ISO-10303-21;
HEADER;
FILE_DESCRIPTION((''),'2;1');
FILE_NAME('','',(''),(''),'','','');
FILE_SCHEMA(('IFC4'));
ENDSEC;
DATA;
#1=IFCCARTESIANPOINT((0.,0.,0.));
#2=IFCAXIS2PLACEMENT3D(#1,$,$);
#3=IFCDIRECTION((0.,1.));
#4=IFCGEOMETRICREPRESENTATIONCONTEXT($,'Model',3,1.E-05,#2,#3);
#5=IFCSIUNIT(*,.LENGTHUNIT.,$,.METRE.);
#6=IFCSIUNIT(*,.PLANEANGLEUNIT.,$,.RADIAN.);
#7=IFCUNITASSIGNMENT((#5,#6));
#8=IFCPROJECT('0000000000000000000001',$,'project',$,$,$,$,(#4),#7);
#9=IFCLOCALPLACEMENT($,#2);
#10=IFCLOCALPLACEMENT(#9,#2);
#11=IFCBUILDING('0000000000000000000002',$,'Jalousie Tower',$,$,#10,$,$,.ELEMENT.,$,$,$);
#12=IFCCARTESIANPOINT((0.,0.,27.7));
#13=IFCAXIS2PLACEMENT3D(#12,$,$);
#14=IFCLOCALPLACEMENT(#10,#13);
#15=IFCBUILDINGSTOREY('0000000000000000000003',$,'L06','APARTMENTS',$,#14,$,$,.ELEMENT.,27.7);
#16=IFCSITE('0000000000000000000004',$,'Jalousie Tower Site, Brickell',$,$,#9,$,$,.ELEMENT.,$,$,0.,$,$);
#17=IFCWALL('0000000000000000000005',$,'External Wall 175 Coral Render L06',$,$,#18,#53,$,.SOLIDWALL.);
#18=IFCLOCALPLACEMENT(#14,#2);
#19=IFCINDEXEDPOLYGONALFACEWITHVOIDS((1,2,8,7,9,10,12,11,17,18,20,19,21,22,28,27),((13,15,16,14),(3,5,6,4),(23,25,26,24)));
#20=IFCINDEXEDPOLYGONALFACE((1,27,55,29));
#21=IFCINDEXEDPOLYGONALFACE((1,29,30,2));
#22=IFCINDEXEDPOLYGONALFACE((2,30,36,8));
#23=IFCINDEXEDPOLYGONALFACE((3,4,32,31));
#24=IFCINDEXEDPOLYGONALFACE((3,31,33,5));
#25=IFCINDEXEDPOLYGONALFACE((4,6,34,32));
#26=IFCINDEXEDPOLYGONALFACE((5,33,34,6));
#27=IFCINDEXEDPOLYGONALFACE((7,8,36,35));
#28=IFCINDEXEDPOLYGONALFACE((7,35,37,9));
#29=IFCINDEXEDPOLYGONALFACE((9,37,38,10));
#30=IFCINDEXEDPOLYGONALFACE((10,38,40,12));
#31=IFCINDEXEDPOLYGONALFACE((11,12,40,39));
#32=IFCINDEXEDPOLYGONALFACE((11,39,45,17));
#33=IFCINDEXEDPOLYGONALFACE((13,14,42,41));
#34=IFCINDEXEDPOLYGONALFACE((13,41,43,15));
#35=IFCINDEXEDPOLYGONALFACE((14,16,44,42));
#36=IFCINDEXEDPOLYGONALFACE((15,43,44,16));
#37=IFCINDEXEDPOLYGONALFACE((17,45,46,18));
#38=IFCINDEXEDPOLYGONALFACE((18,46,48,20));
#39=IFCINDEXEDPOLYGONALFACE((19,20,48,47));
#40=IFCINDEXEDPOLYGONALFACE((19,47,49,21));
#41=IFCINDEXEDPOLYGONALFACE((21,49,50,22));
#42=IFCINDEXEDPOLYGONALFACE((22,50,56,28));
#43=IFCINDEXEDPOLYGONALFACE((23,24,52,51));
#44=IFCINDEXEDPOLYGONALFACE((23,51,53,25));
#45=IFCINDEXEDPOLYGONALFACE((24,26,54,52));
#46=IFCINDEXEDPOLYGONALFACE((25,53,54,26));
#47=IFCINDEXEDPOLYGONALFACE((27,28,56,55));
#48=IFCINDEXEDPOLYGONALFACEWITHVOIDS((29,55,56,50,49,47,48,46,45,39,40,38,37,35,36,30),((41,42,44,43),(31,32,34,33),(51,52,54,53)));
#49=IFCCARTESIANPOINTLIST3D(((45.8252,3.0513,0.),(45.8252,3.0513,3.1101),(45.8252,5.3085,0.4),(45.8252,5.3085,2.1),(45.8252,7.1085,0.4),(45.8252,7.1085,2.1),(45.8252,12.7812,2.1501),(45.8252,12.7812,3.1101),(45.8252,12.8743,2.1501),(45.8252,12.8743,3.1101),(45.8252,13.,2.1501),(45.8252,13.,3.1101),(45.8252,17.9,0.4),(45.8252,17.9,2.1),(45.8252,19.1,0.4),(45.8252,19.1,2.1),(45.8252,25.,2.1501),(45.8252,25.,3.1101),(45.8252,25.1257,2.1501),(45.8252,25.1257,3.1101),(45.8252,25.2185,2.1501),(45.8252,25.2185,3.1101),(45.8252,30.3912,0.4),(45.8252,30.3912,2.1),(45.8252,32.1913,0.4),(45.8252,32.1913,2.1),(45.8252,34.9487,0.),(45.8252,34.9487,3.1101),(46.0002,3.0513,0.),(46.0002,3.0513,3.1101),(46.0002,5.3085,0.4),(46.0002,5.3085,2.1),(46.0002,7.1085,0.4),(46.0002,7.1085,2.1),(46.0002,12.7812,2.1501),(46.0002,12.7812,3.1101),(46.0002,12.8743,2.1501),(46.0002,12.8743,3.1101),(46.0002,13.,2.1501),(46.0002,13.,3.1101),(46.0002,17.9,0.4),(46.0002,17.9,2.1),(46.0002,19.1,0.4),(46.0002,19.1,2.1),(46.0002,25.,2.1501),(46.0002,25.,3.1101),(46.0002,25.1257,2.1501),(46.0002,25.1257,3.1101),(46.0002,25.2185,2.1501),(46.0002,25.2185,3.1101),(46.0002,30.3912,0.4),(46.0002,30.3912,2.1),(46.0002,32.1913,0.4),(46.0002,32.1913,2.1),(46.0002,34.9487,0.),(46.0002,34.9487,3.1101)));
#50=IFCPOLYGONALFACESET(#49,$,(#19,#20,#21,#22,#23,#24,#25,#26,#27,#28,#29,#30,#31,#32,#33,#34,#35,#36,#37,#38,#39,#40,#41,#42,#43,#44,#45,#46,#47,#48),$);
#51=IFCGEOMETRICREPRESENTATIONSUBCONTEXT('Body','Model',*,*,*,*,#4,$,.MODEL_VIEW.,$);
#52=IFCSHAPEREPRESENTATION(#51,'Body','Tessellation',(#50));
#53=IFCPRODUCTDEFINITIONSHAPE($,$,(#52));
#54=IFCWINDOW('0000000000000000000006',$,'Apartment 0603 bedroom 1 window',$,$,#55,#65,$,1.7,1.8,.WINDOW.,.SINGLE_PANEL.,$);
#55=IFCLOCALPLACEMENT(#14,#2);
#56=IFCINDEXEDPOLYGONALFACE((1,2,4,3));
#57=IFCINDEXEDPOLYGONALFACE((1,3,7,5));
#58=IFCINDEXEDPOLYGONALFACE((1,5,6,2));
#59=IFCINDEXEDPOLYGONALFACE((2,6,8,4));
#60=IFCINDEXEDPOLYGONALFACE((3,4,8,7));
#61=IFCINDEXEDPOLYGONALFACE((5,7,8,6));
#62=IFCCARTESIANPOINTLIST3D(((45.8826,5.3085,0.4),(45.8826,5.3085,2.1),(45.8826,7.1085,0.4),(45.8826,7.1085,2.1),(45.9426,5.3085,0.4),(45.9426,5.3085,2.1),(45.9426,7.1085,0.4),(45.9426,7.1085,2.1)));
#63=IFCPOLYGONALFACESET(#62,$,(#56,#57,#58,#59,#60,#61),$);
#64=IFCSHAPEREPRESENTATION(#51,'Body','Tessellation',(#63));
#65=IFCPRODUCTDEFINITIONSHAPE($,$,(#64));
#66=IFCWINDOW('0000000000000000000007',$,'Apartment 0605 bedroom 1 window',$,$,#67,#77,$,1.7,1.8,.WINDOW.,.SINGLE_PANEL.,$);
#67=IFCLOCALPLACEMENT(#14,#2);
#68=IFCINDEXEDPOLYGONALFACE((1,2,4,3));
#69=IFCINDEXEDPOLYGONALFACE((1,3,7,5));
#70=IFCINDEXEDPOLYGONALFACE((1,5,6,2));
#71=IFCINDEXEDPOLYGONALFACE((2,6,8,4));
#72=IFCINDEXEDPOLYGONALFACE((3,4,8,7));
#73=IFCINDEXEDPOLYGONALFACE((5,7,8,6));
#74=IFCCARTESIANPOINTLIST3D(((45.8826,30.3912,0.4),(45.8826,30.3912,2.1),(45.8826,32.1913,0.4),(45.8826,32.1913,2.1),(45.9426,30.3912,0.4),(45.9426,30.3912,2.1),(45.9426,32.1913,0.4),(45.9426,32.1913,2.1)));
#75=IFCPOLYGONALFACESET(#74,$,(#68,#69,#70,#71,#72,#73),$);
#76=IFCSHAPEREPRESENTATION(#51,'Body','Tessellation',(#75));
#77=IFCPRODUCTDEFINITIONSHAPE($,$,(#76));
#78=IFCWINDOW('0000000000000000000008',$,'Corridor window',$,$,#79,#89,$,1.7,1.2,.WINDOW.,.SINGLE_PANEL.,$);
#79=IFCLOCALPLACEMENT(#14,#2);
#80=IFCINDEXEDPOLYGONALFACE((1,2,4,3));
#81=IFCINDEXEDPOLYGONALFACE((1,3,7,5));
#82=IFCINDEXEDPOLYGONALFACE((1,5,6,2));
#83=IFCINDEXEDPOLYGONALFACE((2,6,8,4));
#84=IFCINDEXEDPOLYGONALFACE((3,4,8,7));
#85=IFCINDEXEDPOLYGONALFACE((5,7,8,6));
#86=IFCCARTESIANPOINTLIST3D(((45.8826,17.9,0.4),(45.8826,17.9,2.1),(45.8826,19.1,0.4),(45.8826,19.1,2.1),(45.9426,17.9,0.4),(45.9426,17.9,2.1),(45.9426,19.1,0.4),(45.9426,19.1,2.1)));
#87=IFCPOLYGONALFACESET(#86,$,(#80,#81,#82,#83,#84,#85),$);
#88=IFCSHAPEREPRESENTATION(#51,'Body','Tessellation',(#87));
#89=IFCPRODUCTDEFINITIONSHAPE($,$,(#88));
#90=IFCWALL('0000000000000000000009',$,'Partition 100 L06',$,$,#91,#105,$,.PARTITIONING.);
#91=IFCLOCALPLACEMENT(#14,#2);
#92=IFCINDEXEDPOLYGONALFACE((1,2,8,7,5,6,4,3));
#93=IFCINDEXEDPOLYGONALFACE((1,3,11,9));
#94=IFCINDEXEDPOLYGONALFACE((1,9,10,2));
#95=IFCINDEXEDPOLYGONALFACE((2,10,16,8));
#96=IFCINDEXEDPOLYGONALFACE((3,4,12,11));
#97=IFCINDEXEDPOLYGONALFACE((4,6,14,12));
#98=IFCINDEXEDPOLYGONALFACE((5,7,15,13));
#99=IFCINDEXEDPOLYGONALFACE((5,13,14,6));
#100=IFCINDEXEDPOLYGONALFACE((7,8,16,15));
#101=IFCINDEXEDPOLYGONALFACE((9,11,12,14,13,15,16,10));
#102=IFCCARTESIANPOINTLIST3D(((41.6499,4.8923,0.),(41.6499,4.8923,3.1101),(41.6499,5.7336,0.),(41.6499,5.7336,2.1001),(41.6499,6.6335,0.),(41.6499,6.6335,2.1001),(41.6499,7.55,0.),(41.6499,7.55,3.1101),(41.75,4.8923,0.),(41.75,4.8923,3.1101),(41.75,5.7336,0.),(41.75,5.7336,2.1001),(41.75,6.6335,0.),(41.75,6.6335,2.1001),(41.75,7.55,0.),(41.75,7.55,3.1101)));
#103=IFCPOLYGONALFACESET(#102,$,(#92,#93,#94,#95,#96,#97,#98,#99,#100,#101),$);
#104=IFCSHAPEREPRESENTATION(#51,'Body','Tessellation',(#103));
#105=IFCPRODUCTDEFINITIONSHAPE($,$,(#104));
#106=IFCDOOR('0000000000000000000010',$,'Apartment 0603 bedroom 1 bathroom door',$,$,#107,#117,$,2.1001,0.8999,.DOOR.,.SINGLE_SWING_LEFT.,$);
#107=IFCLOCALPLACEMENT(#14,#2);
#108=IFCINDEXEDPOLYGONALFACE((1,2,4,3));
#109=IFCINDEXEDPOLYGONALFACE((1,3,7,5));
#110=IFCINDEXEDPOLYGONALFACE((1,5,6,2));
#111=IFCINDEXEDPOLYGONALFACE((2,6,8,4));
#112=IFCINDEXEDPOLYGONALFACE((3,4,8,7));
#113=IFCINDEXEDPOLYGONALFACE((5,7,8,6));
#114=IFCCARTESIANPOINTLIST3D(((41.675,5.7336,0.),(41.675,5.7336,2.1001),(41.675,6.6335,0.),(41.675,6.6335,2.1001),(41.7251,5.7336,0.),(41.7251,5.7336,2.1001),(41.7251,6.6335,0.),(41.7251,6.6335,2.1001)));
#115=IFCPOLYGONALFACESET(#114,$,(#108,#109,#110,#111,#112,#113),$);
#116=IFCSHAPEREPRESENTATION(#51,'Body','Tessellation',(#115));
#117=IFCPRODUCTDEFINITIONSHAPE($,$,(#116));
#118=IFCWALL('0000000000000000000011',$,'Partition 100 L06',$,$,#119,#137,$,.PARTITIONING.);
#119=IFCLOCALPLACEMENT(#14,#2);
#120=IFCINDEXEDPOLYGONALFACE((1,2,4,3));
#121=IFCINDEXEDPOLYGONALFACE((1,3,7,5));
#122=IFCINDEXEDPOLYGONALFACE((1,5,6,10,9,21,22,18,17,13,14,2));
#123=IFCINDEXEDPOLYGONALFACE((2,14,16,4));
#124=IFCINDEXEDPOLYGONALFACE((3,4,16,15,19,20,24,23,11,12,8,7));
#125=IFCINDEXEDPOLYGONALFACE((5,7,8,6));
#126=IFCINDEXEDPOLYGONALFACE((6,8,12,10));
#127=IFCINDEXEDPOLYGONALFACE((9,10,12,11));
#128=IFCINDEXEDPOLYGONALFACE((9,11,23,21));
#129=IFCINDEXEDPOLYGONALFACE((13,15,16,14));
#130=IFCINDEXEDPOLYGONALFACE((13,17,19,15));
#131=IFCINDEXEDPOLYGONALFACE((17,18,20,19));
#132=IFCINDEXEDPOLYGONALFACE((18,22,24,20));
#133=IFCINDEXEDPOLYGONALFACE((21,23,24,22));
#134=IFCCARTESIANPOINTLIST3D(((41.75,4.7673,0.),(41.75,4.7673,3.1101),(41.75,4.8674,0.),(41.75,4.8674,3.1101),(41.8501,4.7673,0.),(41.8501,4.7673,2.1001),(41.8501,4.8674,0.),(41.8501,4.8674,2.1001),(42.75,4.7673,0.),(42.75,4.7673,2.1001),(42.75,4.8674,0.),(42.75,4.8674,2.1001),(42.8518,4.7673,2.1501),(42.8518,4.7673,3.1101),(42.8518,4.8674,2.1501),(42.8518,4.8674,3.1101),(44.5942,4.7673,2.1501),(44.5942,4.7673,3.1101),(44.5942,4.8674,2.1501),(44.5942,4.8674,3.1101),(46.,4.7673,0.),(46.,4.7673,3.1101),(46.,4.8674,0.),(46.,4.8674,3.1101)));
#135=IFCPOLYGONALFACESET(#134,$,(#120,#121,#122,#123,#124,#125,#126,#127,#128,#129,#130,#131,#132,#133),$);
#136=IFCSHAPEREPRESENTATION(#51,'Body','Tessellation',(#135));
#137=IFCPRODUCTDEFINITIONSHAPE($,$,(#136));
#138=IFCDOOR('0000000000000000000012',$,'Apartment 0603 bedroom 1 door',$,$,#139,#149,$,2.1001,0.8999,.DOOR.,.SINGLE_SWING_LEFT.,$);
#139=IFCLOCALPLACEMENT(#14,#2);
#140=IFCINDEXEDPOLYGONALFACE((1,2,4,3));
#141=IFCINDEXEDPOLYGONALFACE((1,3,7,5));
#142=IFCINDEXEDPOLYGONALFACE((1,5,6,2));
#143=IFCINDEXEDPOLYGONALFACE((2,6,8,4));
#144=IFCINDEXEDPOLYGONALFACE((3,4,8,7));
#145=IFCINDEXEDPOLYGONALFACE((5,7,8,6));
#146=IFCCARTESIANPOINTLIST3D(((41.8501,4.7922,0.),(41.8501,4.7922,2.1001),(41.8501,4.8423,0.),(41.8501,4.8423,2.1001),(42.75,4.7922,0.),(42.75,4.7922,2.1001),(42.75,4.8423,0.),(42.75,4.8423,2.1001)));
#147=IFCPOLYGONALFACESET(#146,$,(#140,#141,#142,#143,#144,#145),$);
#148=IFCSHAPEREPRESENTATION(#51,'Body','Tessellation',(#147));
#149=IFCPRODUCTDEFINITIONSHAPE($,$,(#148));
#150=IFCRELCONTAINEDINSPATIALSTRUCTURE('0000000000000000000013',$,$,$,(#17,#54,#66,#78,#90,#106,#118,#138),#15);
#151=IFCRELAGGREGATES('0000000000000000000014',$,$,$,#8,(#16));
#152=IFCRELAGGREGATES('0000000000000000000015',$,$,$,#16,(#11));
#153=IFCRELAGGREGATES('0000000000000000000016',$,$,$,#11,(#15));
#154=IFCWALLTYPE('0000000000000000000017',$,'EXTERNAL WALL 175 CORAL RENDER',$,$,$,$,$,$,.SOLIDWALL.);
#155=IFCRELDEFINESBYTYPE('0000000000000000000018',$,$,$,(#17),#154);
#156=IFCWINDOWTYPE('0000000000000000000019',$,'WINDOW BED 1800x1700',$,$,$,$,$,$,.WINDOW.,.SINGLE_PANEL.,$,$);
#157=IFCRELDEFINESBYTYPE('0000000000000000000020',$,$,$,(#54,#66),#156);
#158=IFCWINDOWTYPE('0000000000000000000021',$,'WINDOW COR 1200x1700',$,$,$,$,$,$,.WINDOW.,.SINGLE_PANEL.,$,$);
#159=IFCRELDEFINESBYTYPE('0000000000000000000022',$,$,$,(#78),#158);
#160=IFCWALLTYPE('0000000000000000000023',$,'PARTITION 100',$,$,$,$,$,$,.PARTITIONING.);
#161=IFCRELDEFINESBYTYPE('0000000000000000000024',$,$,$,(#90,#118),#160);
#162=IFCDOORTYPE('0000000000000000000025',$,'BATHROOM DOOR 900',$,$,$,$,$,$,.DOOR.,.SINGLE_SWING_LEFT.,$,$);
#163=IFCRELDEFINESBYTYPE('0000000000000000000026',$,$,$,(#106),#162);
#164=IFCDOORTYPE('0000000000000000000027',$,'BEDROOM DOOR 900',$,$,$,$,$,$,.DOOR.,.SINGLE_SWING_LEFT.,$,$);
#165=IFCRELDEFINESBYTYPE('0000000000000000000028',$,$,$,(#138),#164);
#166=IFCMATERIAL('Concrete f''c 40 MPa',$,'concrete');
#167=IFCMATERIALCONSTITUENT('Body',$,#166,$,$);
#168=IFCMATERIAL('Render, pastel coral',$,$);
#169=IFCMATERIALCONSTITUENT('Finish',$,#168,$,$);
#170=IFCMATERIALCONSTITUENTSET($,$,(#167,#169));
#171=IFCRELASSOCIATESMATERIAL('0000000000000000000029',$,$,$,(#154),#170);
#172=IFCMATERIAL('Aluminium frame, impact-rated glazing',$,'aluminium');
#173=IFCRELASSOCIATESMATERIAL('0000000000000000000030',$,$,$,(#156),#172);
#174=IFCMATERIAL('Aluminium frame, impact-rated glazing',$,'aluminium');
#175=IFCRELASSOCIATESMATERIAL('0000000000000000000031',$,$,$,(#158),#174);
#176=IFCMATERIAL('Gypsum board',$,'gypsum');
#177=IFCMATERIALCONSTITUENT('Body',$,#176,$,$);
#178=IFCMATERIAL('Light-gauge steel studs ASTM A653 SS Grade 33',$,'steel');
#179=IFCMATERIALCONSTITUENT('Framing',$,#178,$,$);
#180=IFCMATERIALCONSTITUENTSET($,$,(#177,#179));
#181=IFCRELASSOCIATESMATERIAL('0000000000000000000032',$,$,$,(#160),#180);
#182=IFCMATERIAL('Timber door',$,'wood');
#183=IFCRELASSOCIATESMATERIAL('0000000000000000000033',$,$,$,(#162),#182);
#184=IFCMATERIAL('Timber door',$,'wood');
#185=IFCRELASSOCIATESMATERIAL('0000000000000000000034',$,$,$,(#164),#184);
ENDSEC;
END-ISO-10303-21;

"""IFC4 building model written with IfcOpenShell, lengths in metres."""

from ifc_helpers import new_model, si_unit, direction, frame, frame_2d, origin, place, context, subcontext, project, spatial, polyline, rectangle, outline, extrude, material, constituent, constituent_set, type_object, element, fill, save


model = new_model("IFC4")

# Units and contexts
model_context = context("Model", 3, precision=1e-05, world=origin(), true_north=direction((0.0, 1.0)))
body_context = subcontext(model_context, "Body", "Model", "MODEL_VIEW")
ifc_project = project(units=[si_unit("LENGTHUNIT", "METRE"), si_unit("PLANEANGLEUNIT", "RADIAN")], contexts=[model_context])

# Site, building, storey
site_placement = place(None, origin())
site = spatial("IfcSite", under=ifc_project, at=site_placement, Name="Jalousie Tower Site, Brickell", CompositionType="ELEMENT", RefElevation=0.0)
building_placement = place(site_placement, origin())
building = spatial("IfcBuilding", under=site, at=building_placement, Name="Jalousie Tower", CompositionType="ELEMENT")
storey_placement = place(building_placement, frame((0.0, 0.0, 27.7)))
storey = spatial("IfcBuildingStorey", under=building, at=storey_placement, Name="L06", Description="APARTMENTS", CompositionType="ELEMENT", Elevation=27.7)

# Wall, openings, windows
ifc_material_1 = material(Name="Concrete f'c 40 MPa", Category="concrete")
ifc_constituent_1 = constituent(ifc_material_1, Name="Body")
ifc_material_2 = material(Name="Render, pastel coral")
ifc_constituent_2 = constituent(ifc_material_2, Name="Finish")
ifc_constituent_set_1 = constituent_set(constituents=[ifc_constituent_1, ifc_constituent_2])
wall_type_1 = type_object("IfcWallType", Name="EXTERNAL WALL 175 CORAL RENDER", PredefinedType="SOLIDWALL", material=ifc_constituent_set_1)
wall_1_placement = place(storey_placement, frame((45.9126, 3.0513, 0.0), z_axis=(0.0, 0.0, 1.0), x_axis=(0.0, 1.0, 0.0)))
wall_1 = element("IfcWall", 1, at=wall_1_placement, inside=storey, type_object=wall_type_1, Name="External Wall 175 Coral Render L06", PredefinedType="SOLIDWALL", context=body_context, shape_type="SweptSolid", body=[
    extrude(outline(polyline([(0.0, 0.0), (31.8975, 0.0), (31.8975, 3.1101), (22.1672, 3.1101), (22.1672, 2.1501), (22.0745, 2.1501), (22.0745, 3.1101), (21.9487, 3.1101), (21.9487, 2.1501), (9.9487, 2.1501), (9.9487, 3.1101), (9.823, 3.1101), (9.823, 2.1501), (9.73, 2.1501), (9.73, 3.1101), (0.0, 3.1101), (0.0, 0.0)])), frame((0.0, 0.0874, 0.0), z_axis=(0.0, -1.0, 0.0), x_axis=(1.0, 0.0, 0.0)), (0.0, 0.0, 1.0), 0.175),
])
opening_1_placement = place(wall_1_placement, frame((2.2573, 0.0, 0.3999)))
opening_1 = element("IfcOpeningElement", 2, at=opening_1_placement, cuts=wall_1, PredefinedType="OPENING", context=body_context, shape_type="SweptSolid", body=[
    extrude(rectangle(XDim=1.8, YDim=1.7, at=frame_2d((0.8999, 0.8501))), frame((0.0, 0.0974, 0.0), z_axis=(0.0, -1.0, 0.0), x_axis=(1.0, 0.0, 0.0)), (0.0, 0.0, 1.0), 0.1951),
])
opening_2_placement = place(wall_1_placement, frame((14.8486, 0.0, 0.3999)))
opening_2 = element("IfcOpeningElement", 3, at=opening_2_placement, cuts=wall_1, PredefinedType="OPENING", context=body_context, shape_type="SweptSolid", body=[
    extrude(rectangle(XDim=1.2, YDim=1.7, at=frame_2d((0.6001, 0.8501))), frame((0.0, 0.0974, 0.0), z_axis=(0.0, -1.0, 0.0), x_axis=(1.0, 0.0, 0.0)), (0.0, 0.0, 1.0), 0.1951),
])
opening_3_placement = place(wall_1_placement, frame((27.3401, 0.0, 0.3999)))
opening_3 = element("IfcOpeningElement", 4, at=opening_3_placement, cuts=wall_1, PredefinedType="OPENING", context=body_context, shape_type="SweptSolid", body=[
    extrude(rectangle(XDim=1.8, YDim=1.7, at=frame_2d((0.8999, 0.8501))), frame((0.0, 0.0974, 0.0), z_axis=(0.0, -1.0, 0.0), x_axis=(1.0, 0.0, 0.0)), (0.0, 0.0, 1.0), 0.1951),
])
ifc_material_3 = material(Name="Aluminium frame, impact-rated glazing", Category="aluminium")
window_type_1 = type_object("IfcWindowType", Name="WINDOW BED 1800x1700", PartitioningType="SINGLE_PANEL", PredefinedType="WINDOW", material=ifc_material_3)
window_1_placement = place(opening_1_placement, origin())
window_1 = element("IfcWindow", 5, at=window_1_placement, inside=storey, type_object=window_type_1, Name="Apartment 0603 bedroom 1 window", OverallHeight=1.7, OverallWidth=1.8, PartitioningType="SINGLE_PANEL", PredefinedType="WINDOW", context=body_context, shape_type="SweptSolid", body=[
    extrude(rectangle(XDim=1.8, YDim=1.7, at=frame_2d((0.8999, 0.8501))), frame((0.0, 0.03, 0.0), z_axis=(0.0, -1.0, 0.0), x_axis=(1.0, 0.0, 0.0)), (0.0, 0.0, 1.0), 0.0601),
])
fill(opening_1, window_1)
window_2_placement = place(opening_3_placement, origin())
window_2 = element("IfcWindow", 6, at=window_2_placement, inside=storey, type_object=window_type_1, Name="Apartment 0605 bedroom 1 window", OverallHeight=1.7, OverallWidth=1.8, PartitioningType="SINGLE_PANEL", PredefinedType="WINDOW", context=body_context, shape_type="SweptSolid", body=[
    extrude(rectangle(XDim=1.8, YDim=1.7, at=frame_2d((0.8999, 0.8501))), frame((0.0, 0.03, 0.0), z_axis=(0.0, -1.0, 0.0), x_axis=(1.0, 0.0, 0.0)), (0.0, 0.0, 1.0), 0.0601),
])
fill(opening_3, window_2)
ifc_material_4 = material(Name="Aluminium frame, impact-rated glazing", Category="aluminium")
window_type_2 = type_object("IfcWindowType", Name="WINDOW COR 1200x1700", PartitioningType="SINGLE_PANEL", PredefinedType="WINDOW", material=ifc_material_4)
window_3_placement = place(opening_2_placement, origin())
window_3 = element("IfcWindow", 7, at=window_3_placement, inside=storey, type_object=window_type_2, Name="Corridor window", OverallHeight=1.7, OverallWidth=1.2, PartitioningType="SINGLE_PANEL", PredefinedType="WINDOW", context=body_context, shape_type="SweptSolid", body=[
    extrude(rectangle(XDim=1.2, YDim=1.7, at=frame_2d((0.6001, 0.8501))), frame((0.0, 0.03, 0.0), z_axis=(0.0, -1.0, 0.0), x_axis=(1.0, 0.0, 0.0)), (0.0, 0.0, 1.0), 0.0601),
])
fill(opening_2, window_3)

# Walls, openings, doors
ifc_material_5 = material(Name="Gypsum board", Category="gypsum")
ifc_constituent_3 = constituent(ifc_material_5, Name="Body")
ifc_material_6 = material(Name="Light-gauge steel studs ASTM A653 SS Grade 33", Category="steel")
ifc_constituent_4 = constituent(ifc_material_6, Name="Framing")
ifc_constituent_set_2 = constituent_set(constituents=[ifc_constituent_3, ifc_constituent_4])
wall_type_2 = type_object("IfcWallType", Name="PARTITION 100", PredefinedType="PARTITIONING", material=ifc_constituent_set_2)
wall_2_placement = place(storey_placement, frame((41.7, 4.8923, 0.0), z_axis=(0.0, 0.0, 1.0), x_axis=(0.0, 1.0, 0.0)))
wall_2 = element("IfcWall", 8, at=wall_2_placement, inside=storey, type_object=wall_type_2, Name="Partition 100 L06", PredefinedType="PARTITIONING", context=body_context, shape_type="SweptSolid", body=[
    extrude(rectangle(XDim=2.6577, YDim=0.1001, at=frame_2d((1.3289, 0.0))), origin(), (0.0, 0.0, 1.0), 3.1101),
])
opening_4_placement = place(wall_2_placement, frame((0.8413, 0.0, 0.0)))
opening_4 = element("IfcOpeningElement", 9, at=opening_4_placement, cuts=wall_2, PredefinedType="OPENING", context=body_context, shape_type="SweptSolid", body=[
    extrude(rectangle(XDim=0.8999, YDim=2.1001, at=frame_2d((0.45, 1.05))), frame((0.0, 0.0601, 0.0), z_axis=(0.0, -1.0, 0.0), x_axis=(1.0, 0.0, 0.0)), (0.0, 0.0, 1.0), 0.1201),
])
ifc_material_7 = material(Name="Timber door", Category="wood")
door_type_1 = type_object("IfcDoorType", Name="BATHROOM DOOR 900", OperationType="SINGLE_SWING_LEFT", PredefinedType="DOOR", material=ifc_material_7)
door_1_placement = place(opening_4_placement, origin())
door_1 = element("IfcDoor", 10, at=door_1_placement, inside=storey, type_object=door_type_1, Name="Apartment 0603 bedroom 1 bathroom door", OperationType="SINGLE_SWING_LEFT", OverallHeight=2.1001, OverallWidth=0.8999, PredefinedType="DOOR", context=body_context, shape_type="SweptSolid", body=[
    extrude(rectangle(XDim=0.8999, YDim=2.1001, at=frame_2d((0.45, 1.05))), frame((0.0, 0.0249, 0.0), z_axis=(0.0, -1.0, 0.0), x_axis=(1.0, 0.0, 0.0)), (0.0, 0.0, 1.0), 0.05),
])
fill(opening_4, door_1)
wall_3_placement = place(storey_placement, frame((41.75, 4.8174, 0.0), z_axis=(0.0, 0.0, 1.0), x_axis=(1.0, 0.0, 0.0)))
wall_3 = element("IfcWall", 11, at=wall_3_placement, inside=storey, type_object=wall_type_2, Name="Partition 100 L06", PredefinedType="PARTITIONING", context=body_context, shape_type="SweptSolid", body=[
    extrude(outline(polyline([(0.0, 0.0), (4.25, 0.0), (4.25, 3.1101), (2.8442, 3.1101), (2.8442, 2.1501), (1.1018, 2.1501), (1.1018, 3.1101), (0.0, 3.1101), (0.0, 0.0)])), frame((0.0, 0.05, 0.0), z_axis=(0.0, -1.0, 0.0), x_axis=(1.0, 0.0, 0.0)), (0.0, 0.0, 1.0), 0.1001),
])
opening_5_placement = place(wall_3_placement, frame((0.1001, 0.0, 0.0)))
opening_5 = element("IfcOpeningElement", 12, at=opening_5_placement, cuts=wall_3, PredefinedType="OPENING", context=body_context, shape_type="SweptSolid", body=[
    extrude(rectangle(XDim=0.8999, YDim=2.1001, at=frame_2d((0.45, 1.05))), frame((0.0, 0.0601, 0.0), z_axis=(0.0, -1.0, 0.0), x_axis=(1.0, 0.0, 0.0)), (0.0, 0.0, 1.0), 0.1201),
])
ifc_material_8 = material(Name="Timber door", Category="wood")
door_type_2 = type_object("IfcDoorType", Name="BEDROOM DOOR 900", OperationType="SINGLE_SWING_LEFT", PredefinedType="DOOR", material=ifc_material_8)
door_2_placement = place(opening_5_placement, origin())
door_2 = element("IfcDoor", 13, at=door_2_placement, inside=storey, type_object=door_type_2, Name="Apartment 0603 bedroom 1 door", OperationType="SINGLE_SWING_LEFT", OverallHeight=2.1001, OverallWidth=0.8999, PredefinedType="DOOR", context=body_context, shape_type="SweptSolid", body=[
    extrude(rectangle(XDim=0.8999, YDim=2.1001, at=frame_2d((0.45, 1.05))), frame((0.0, 0.0249, 0.0), z_axis=(0.0, -1.0, 0.0), x_axis=(1.0, 0.0, 0.0)), (0.0, 0.0, 1.0), 0.05),
])
fill(opening_5, door_2)

save(model, "model.ifc")
